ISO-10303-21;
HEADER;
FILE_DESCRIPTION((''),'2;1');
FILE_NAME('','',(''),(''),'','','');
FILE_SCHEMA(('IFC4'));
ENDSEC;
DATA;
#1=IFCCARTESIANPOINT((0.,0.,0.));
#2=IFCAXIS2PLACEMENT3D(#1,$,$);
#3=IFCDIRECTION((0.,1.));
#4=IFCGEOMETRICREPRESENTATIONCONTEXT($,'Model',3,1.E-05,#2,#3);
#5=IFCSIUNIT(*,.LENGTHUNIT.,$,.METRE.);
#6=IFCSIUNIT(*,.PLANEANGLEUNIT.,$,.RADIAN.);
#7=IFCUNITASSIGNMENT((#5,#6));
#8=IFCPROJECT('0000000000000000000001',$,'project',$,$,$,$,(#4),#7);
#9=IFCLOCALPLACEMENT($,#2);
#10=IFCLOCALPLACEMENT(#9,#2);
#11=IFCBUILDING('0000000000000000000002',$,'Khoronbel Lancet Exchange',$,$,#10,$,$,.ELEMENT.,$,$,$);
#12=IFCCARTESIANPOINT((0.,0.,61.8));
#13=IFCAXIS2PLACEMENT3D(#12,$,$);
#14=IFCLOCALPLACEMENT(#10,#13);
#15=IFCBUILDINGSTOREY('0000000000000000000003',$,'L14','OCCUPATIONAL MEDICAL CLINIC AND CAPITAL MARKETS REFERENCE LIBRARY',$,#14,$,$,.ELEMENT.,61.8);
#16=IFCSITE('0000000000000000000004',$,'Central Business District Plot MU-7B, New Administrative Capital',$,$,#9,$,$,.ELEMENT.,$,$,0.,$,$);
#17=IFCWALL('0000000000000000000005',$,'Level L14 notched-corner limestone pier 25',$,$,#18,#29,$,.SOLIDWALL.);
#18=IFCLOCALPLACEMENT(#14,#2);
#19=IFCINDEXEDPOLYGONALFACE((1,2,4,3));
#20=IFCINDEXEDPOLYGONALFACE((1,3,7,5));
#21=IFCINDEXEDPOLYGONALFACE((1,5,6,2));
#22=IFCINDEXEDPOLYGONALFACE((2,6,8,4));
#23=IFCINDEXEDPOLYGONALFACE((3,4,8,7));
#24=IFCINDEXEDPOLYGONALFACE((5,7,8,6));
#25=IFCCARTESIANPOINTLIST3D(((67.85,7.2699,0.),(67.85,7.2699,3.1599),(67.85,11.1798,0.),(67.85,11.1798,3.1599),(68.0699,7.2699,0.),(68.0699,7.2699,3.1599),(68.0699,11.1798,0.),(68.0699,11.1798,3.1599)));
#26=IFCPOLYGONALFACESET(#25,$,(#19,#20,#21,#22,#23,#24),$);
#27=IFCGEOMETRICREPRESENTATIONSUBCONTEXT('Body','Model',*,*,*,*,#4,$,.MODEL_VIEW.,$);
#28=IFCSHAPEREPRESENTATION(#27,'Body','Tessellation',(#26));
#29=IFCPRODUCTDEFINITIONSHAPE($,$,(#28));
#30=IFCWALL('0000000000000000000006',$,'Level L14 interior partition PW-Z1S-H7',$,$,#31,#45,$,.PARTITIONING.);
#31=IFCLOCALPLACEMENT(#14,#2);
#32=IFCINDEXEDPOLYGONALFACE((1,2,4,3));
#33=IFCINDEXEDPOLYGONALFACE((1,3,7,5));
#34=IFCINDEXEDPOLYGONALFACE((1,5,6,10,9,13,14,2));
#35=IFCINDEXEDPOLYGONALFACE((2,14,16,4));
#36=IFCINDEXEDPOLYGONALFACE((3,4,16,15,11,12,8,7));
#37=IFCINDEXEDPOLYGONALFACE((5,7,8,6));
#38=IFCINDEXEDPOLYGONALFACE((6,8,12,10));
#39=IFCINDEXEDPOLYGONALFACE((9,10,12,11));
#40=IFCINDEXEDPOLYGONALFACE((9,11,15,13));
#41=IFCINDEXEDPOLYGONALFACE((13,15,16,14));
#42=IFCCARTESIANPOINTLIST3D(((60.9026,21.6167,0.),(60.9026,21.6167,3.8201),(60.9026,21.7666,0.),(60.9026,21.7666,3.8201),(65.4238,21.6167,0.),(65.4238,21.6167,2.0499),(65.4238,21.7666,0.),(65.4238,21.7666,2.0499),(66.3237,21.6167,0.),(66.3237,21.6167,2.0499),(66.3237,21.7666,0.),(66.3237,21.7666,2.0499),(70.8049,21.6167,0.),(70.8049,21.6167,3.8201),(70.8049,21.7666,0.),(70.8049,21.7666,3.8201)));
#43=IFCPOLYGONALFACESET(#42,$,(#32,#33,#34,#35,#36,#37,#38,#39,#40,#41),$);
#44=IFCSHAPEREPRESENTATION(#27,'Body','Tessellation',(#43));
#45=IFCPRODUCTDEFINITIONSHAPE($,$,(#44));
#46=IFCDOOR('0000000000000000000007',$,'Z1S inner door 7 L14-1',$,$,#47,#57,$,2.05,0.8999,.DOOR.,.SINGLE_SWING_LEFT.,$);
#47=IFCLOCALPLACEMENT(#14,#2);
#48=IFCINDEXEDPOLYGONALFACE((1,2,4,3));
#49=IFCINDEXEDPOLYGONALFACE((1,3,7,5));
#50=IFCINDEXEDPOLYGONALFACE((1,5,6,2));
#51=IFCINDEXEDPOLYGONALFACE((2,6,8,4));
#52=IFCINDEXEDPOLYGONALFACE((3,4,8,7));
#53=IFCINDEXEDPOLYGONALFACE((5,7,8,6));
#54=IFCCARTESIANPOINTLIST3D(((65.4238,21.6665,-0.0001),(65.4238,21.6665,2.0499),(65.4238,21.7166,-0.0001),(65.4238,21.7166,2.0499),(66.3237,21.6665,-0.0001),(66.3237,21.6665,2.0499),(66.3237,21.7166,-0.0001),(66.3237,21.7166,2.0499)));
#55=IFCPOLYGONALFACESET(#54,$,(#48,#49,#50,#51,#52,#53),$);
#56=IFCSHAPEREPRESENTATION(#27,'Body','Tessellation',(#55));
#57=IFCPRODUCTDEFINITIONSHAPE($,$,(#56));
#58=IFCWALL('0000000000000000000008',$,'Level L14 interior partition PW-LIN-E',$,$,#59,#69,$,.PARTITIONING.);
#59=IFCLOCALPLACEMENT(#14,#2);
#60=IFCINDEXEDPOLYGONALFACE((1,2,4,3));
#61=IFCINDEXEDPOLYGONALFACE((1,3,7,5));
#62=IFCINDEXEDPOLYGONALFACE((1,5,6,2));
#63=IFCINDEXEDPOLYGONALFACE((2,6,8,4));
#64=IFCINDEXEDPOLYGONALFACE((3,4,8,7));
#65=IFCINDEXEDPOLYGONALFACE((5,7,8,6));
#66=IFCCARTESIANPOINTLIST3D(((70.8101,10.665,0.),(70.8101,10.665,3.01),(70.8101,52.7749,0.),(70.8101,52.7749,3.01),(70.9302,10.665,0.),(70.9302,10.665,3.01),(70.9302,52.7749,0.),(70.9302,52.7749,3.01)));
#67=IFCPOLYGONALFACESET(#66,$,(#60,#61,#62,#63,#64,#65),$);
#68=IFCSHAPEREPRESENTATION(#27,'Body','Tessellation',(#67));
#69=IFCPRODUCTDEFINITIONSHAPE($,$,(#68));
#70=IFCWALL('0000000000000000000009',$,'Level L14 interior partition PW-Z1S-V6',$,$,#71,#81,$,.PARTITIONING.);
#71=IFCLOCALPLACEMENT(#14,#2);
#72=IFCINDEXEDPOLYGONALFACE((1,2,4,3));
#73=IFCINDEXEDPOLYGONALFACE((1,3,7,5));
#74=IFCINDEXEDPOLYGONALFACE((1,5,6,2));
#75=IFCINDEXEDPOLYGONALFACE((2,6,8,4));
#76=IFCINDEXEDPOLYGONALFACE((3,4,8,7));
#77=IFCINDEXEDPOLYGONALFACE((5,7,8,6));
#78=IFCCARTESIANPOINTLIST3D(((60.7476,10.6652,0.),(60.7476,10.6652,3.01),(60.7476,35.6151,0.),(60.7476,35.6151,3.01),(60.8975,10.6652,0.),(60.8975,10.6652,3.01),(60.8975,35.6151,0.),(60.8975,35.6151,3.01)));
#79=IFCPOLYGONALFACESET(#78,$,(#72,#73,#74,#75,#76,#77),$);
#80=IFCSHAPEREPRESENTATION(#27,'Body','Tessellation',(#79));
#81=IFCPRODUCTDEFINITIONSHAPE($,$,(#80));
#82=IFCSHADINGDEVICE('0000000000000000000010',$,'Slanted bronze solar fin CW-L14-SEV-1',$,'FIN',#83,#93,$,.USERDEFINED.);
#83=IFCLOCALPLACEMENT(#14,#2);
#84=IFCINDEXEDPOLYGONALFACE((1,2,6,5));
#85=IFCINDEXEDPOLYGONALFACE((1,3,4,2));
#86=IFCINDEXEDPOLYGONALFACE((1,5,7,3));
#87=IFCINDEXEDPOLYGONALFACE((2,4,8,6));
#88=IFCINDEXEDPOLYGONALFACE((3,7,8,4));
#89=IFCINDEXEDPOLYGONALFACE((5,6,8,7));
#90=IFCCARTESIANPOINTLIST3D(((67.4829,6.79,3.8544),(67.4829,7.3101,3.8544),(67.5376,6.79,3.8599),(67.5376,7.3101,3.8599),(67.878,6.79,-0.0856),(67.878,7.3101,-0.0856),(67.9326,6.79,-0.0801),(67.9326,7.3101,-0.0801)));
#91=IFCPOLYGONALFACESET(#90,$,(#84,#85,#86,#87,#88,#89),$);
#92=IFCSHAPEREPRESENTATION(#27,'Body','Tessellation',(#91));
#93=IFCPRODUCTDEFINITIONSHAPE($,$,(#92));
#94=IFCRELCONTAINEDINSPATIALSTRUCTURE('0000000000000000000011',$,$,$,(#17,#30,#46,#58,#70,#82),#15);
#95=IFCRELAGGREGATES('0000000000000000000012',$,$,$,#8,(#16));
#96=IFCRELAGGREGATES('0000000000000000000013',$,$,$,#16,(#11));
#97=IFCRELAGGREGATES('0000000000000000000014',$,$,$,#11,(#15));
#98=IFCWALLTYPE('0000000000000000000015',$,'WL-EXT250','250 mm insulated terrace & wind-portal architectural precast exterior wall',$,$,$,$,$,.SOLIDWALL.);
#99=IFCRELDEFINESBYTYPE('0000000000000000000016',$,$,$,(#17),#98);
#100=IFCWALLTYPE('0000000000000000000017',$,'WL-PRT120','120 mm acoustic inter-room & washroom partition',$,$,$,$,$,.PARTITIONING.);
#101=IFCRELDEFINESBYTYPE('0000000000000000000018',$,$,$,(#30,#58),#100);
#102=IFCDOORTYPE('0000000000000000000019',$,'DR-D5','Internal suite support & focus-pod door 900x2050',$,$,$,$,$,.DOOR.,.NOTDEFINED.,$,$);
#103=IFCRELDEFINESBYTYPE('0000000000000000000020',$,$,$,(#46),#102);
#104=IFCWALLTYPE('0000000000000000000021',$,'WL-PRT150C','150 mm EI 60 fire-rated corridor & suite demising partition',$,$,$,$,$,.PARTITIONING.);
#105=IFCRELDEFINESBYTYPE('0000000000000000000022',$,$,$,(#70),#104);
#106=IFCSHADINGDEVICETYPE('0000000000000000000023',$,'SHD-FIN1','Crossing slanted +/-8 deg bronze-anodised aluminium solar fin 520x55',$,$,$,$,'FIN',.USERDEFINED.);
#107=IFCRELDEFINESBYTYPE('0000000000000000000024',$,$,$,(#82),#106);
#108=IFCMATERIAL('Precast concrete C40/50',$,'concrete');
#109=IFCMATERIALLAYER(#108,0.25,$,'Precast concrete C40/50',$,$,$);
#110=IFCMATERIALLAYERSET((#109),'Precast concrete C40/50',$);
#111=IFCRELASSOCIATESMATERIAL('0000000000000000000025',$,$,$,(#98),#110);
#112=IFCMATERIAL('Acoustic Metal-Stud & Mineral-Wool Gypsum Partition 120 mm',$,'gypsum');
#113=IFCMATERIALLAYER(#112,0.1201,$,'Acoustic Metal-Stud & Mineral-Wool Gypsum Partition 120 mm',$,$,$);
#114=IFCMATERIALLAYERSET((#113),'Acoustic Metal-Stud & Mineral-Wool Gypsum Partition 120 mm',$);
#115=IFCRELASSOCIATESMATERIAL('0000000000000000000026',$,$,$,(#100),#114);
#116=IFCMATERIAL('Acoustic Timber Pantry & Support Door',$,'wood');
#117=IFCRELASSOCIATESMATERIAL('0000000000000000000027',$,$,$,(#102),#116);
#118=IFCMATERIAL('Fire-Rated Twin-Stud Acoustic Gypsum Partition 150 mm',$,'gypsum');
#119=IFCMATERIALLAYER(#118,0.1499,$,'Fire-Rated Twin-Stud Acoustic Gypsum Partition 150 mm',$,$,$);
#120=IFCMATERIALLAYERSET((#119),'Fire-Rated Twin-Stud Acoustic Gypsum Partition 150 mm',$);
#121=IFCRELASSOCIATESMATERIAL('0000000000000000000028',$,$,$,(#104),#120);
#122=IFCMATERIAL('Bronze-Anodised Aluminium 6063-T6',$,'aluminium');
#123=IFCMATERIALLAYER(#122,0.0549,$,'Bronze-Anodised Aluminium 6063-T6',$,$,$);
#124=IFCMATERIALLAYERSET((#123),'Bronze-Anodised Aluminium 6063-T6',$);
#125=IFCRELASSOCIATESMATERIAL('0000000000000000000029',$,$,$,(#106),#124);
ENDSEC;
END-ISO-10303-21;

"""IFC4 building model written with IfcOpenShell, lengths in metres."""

from ifc_helpers import new_model, si_unit, direction, frame, frame_2d, origin, place, context, subcontext, project, spatial, polyline, rectangle, outline, extrude, material, layer, layer_set, type_object, element, fill, save


model = new_model("IFC4")

# Units and contexts
model_context = context("Model", 3, precision=1e-05, world=origin(), true_north=direction((0.0, 1.0)))
body_context = subcontext(model_context, "Body", "Model", "MODEL_VIEW")
ifc_project = project(units=[si_unit("LENGTHUNIT", "METRE"), si_unit("PLANEANGLEUNIT", "RADIAN")], contexts=[model_context])

# Site, building, storey
site_placement = place(None, origin())
site = spatial("IfcSite", under=ifc_project, at=site_placement, Name="Central Business District Plot MU-7B, New Administrative Capital", CompositionType="ELEMENT", RefElevation=0.0)
building_placement = place(site_placement, origin())
building = spatial("IfcBuilding", under=site, at=building_placement, Name="Khoronbel Lancet Exchange", CompositionType="ELEMENT")
storey_placement = place(building_placement, frame((0.0, 0.0, 61.8)))
storey = spatial("IfcBuildingStorey", under=building, at=storey_placement, Name="L14", Description="OCCUPATIONAL MEDICAL CLINIC AND CAPITAL MARKETS REFERENCE LIBRARY", CompositionType="ELEMENT", Elevation=61.8)

# Shared definitions
ifc_material_1 = material(Name="Bronze-Anodised Aluminium 6063-T6", Category="aluminium")

# Wall
ifc_material_2 = material(Name="Precast concrete C40/50", Category="concrete")
ifc_layer_1 = layer(ifc_material_2, 0.25, Name="Precast concrete C40/50")
ifc_layer_set_1 = layer_set([ifc_layer_1], Name="Precast concrete C40/50")
wall_type_1 = type_object("IfcWallType", Name="WL-EXT250", Description="250 mm insulated terrace & wind-portal architectural precast exterior wall", PredefinedType="SOLIDWALL", material=ifc_layer_set_1)
wall_1_placement = place(storey_placement, frame((67.96, 11.1799, 0.0), z_axis=(0.0, 0.0, 1.0), x_axis=(0.0, -1.0, 0.0)))
element("IfcWall", 1, at=wall_1_placement, inside=storey, type_object=wall_type_1, Name="Level L14 notched-corner limestone pier 25", PredefinedType="SOLIDWALL", context=body_context, shape_type="SweptSolid", body=[
    extrude(rectangle(XDim=3.9099, YDim=0.22, at=frame_2d((1.9551, 0.0))), origin(), (0.0, 0.0, 1.0), 3.1599),
])

# Wall, opening, door
ifc_material_3 = material(Name="Acoustic Metal-Stud & Mineral-Wool Gypsum Partition 120 mm", Category="gypsum")
ifc_layer_2 = layer(ifc_material_3, 0.1201, Name="Acoustic Metal-Stud & Mineral-Wool Gypsum Partition 120 mm")
ifc_layer_set_2 = layer_set([ifc_layer_2], Name="Acoustic Metal-Stud & Mineral-Wool Gypsum Partition 120 mm")
wall_type_2 = type_object("IfcWallType", Name="WL-PRT120", Description="120 mm acoustic inter-room & washroom partition", PredefinedType="PARTITIONING", material=ifc_layer_set_2)
wall_2_placement = place(storey_placement, frame((60.9026, 21.6917, 0.0), z_axis=(0.0, 0.0, 1.0), x_axis=(1.0, 0.0, 0.0)))
wall_2 = element("IfcWall", 2, at=wall_2_placement, inside=storey, type_object=wall_type_2, Name="Level L14 interior partition PW-Z1S-H7", PredefinedType="PARTITIONING", context=body_context, shape_type="SweptSolid", body=[
    extrude(rectangle(XDim=9.9023, YDim=0.1499, at=frame_2d((4.9512, 0.0))), origin(), (0.0, 0.0, 1.0), 3.8201),
])
opening_placement = place(wall_2_placement, frame((4.5212, 0.0, 0.0)))
opening = element("IfcOpeningElement", 3, at=opening_placement, cuts=wall_2, PredefinedType="OPENING", context=body_context, shape_type="SweptSolid", body=[
    extrude(rectangle(XDim=0.8999, YDim=2.05, at=frame_2d((0.45, 1.0249))), frame((0.0, 0.085, 0.0), z_axis=(0.0, -1.0, 0.0), x_axis=(1.0, 0.0, 0.0)), (0.0, 0.0, 1.0), 0.1699),
])
ifc_material_4 = material(Name="Acoustic Timber Pantry & Support Door", Category="wood")
door_type = type_object("IfcDoorType", Name="DR-D5", Description="Internal suite support & focus-pod door 900x2050", OperationType="NOTDEFINED", PredefinedType="DOOR", material=ifc_material_4)
door_placement = place(opening_placement, origin())
door = element("IfcDoor", 4, at=door_placement, inside=storey, type_object=door_type, Name="Z1S inner door 7 L14-1", OperationType="SINGLE_SWING_LEFT", OverallHeight=2.05, OverallWidth=0.8999, PredefinedType="DOOR", context=body_context, shape_type="SweptSolid", body=[
    extrude(rectangle(XDim=0.8999, YDim=2.05, at=frame_2d((0.45, 1.0249))), frame((0.0, 0.0249, 0.0), z_axis=(0.0, -1.0, 0.0), x_axis=(1.0, 0.0, 0.0)), (0.0, 0.0, 1.0), 0.05),
])
fill(opening, door)

# Walls
wall_3_placement = place(storey_placement, frame((70.8701, 10.665, 0.0), z_axis=(0.0, 0.0, 1.0), x_axis=(0.0, 1.0, 0.0)))
element("IfcWall", 5, at=wall_3_placement, inside=storey, type_object=wall_type_2, Name="Level L14 interior partition PW-LIN-E", PredefinedType="PARTITIONING", context=body_context, shape_type="SweptSolid", body=[
    extrude(rectangle(XDim=42.1099, YDim=0.1201, at=frame_2d((21.0549, 0.0))), origin(), (0.0, 0.0, 1.0), 3.01),
])
ifc_material_5 = material(Name="Fire-Rated Twin-Stud Acoustic Gypsum Partition 150 mm", Category="gypsum")
ifc_layer_3 = layer(ifc_material_5, 0.1499, Name="Fire-Rated Twin-Stud Acoustic Gypsum Partition 150 mm")
ifc_layer_set_3 = layer_set([ifc_layer_3], Name="Fire-Rated Twin-Stud Acoustic Gypsum Partition 150 mm")
wall_type_3 = type_object("IfcWallType", Name="WL-PRT150C", Description="150 mm EI 60 fire-rated corridor & suite demising partition", PredefinedType="PARTITIONING", material=ifc_layer_set_3)
wall_4_placement = place(storey_placement, frame((60.8225, 10.665, 0.0), z_axis=(0.0, 0.0, 1.0), x_axis=(0.0, 1.0, 0.0)))
element("IfcWall", 6, at=wall_4_placement, inside=storey, type_object=wall_type_3, Name="Level L14 interior partition PW-Z1S-V6", PredefinedType="PARTITIONING", context=body_context, shape_type="SweptSolid", body=[
    extrude(rectangle(XDim=24.95, YDim=0.1499, at=frame_2d((12.4751, 0.0))), origin(), (0.0, 0.0, 1.0), 3.01),
])

# Shading device
ifc_layer_4 = layer(ifc_material_1, 0.0549, Name="Bronze-Anodised Aluminium 6063-T6")
ifc_layer_set_4 = layer_set([ifc_layer_4], Name="Bronze-Anodised Aluminium 6063-T6")
shading_device_type = type_object("IfcShadingDeviceType", Name="SHD-FIN1", Description="Crossing slanted +/-8 deg bronze-anodised aluminium solar fin 520x55", ElementType="FIN", PredefinedType="USERDEFINED", material=ifc_layer_set_4)
shading_device_placement = place(storey_placement, frame((67.9326, 7.3101, -0.0801), z_axis=(0.995012, 0.0, 0.09976), x_axis=(0.0, -1.0, 0.0)))
element("IfcShadingDevice", 7, at=shading_device_placement, inside=storey, type_object=shading_device_type, Name="Slanted bronze solar fin CW-L14-SEV-1", ObjectType="FIN", PredefinedType="USERDEFINED", context=body_context, shape_type="SweptSolid", body=[
    extrude(outline(polyline([(0.0, 0.0), (0.52, 0.0), (0.52, -3.9597), (0.0, -3.9597), (0.0, 0.0)])), origin(), (0.0, 0.0, -1.0), 0.0549),
])

save(model, "model.ifc")
